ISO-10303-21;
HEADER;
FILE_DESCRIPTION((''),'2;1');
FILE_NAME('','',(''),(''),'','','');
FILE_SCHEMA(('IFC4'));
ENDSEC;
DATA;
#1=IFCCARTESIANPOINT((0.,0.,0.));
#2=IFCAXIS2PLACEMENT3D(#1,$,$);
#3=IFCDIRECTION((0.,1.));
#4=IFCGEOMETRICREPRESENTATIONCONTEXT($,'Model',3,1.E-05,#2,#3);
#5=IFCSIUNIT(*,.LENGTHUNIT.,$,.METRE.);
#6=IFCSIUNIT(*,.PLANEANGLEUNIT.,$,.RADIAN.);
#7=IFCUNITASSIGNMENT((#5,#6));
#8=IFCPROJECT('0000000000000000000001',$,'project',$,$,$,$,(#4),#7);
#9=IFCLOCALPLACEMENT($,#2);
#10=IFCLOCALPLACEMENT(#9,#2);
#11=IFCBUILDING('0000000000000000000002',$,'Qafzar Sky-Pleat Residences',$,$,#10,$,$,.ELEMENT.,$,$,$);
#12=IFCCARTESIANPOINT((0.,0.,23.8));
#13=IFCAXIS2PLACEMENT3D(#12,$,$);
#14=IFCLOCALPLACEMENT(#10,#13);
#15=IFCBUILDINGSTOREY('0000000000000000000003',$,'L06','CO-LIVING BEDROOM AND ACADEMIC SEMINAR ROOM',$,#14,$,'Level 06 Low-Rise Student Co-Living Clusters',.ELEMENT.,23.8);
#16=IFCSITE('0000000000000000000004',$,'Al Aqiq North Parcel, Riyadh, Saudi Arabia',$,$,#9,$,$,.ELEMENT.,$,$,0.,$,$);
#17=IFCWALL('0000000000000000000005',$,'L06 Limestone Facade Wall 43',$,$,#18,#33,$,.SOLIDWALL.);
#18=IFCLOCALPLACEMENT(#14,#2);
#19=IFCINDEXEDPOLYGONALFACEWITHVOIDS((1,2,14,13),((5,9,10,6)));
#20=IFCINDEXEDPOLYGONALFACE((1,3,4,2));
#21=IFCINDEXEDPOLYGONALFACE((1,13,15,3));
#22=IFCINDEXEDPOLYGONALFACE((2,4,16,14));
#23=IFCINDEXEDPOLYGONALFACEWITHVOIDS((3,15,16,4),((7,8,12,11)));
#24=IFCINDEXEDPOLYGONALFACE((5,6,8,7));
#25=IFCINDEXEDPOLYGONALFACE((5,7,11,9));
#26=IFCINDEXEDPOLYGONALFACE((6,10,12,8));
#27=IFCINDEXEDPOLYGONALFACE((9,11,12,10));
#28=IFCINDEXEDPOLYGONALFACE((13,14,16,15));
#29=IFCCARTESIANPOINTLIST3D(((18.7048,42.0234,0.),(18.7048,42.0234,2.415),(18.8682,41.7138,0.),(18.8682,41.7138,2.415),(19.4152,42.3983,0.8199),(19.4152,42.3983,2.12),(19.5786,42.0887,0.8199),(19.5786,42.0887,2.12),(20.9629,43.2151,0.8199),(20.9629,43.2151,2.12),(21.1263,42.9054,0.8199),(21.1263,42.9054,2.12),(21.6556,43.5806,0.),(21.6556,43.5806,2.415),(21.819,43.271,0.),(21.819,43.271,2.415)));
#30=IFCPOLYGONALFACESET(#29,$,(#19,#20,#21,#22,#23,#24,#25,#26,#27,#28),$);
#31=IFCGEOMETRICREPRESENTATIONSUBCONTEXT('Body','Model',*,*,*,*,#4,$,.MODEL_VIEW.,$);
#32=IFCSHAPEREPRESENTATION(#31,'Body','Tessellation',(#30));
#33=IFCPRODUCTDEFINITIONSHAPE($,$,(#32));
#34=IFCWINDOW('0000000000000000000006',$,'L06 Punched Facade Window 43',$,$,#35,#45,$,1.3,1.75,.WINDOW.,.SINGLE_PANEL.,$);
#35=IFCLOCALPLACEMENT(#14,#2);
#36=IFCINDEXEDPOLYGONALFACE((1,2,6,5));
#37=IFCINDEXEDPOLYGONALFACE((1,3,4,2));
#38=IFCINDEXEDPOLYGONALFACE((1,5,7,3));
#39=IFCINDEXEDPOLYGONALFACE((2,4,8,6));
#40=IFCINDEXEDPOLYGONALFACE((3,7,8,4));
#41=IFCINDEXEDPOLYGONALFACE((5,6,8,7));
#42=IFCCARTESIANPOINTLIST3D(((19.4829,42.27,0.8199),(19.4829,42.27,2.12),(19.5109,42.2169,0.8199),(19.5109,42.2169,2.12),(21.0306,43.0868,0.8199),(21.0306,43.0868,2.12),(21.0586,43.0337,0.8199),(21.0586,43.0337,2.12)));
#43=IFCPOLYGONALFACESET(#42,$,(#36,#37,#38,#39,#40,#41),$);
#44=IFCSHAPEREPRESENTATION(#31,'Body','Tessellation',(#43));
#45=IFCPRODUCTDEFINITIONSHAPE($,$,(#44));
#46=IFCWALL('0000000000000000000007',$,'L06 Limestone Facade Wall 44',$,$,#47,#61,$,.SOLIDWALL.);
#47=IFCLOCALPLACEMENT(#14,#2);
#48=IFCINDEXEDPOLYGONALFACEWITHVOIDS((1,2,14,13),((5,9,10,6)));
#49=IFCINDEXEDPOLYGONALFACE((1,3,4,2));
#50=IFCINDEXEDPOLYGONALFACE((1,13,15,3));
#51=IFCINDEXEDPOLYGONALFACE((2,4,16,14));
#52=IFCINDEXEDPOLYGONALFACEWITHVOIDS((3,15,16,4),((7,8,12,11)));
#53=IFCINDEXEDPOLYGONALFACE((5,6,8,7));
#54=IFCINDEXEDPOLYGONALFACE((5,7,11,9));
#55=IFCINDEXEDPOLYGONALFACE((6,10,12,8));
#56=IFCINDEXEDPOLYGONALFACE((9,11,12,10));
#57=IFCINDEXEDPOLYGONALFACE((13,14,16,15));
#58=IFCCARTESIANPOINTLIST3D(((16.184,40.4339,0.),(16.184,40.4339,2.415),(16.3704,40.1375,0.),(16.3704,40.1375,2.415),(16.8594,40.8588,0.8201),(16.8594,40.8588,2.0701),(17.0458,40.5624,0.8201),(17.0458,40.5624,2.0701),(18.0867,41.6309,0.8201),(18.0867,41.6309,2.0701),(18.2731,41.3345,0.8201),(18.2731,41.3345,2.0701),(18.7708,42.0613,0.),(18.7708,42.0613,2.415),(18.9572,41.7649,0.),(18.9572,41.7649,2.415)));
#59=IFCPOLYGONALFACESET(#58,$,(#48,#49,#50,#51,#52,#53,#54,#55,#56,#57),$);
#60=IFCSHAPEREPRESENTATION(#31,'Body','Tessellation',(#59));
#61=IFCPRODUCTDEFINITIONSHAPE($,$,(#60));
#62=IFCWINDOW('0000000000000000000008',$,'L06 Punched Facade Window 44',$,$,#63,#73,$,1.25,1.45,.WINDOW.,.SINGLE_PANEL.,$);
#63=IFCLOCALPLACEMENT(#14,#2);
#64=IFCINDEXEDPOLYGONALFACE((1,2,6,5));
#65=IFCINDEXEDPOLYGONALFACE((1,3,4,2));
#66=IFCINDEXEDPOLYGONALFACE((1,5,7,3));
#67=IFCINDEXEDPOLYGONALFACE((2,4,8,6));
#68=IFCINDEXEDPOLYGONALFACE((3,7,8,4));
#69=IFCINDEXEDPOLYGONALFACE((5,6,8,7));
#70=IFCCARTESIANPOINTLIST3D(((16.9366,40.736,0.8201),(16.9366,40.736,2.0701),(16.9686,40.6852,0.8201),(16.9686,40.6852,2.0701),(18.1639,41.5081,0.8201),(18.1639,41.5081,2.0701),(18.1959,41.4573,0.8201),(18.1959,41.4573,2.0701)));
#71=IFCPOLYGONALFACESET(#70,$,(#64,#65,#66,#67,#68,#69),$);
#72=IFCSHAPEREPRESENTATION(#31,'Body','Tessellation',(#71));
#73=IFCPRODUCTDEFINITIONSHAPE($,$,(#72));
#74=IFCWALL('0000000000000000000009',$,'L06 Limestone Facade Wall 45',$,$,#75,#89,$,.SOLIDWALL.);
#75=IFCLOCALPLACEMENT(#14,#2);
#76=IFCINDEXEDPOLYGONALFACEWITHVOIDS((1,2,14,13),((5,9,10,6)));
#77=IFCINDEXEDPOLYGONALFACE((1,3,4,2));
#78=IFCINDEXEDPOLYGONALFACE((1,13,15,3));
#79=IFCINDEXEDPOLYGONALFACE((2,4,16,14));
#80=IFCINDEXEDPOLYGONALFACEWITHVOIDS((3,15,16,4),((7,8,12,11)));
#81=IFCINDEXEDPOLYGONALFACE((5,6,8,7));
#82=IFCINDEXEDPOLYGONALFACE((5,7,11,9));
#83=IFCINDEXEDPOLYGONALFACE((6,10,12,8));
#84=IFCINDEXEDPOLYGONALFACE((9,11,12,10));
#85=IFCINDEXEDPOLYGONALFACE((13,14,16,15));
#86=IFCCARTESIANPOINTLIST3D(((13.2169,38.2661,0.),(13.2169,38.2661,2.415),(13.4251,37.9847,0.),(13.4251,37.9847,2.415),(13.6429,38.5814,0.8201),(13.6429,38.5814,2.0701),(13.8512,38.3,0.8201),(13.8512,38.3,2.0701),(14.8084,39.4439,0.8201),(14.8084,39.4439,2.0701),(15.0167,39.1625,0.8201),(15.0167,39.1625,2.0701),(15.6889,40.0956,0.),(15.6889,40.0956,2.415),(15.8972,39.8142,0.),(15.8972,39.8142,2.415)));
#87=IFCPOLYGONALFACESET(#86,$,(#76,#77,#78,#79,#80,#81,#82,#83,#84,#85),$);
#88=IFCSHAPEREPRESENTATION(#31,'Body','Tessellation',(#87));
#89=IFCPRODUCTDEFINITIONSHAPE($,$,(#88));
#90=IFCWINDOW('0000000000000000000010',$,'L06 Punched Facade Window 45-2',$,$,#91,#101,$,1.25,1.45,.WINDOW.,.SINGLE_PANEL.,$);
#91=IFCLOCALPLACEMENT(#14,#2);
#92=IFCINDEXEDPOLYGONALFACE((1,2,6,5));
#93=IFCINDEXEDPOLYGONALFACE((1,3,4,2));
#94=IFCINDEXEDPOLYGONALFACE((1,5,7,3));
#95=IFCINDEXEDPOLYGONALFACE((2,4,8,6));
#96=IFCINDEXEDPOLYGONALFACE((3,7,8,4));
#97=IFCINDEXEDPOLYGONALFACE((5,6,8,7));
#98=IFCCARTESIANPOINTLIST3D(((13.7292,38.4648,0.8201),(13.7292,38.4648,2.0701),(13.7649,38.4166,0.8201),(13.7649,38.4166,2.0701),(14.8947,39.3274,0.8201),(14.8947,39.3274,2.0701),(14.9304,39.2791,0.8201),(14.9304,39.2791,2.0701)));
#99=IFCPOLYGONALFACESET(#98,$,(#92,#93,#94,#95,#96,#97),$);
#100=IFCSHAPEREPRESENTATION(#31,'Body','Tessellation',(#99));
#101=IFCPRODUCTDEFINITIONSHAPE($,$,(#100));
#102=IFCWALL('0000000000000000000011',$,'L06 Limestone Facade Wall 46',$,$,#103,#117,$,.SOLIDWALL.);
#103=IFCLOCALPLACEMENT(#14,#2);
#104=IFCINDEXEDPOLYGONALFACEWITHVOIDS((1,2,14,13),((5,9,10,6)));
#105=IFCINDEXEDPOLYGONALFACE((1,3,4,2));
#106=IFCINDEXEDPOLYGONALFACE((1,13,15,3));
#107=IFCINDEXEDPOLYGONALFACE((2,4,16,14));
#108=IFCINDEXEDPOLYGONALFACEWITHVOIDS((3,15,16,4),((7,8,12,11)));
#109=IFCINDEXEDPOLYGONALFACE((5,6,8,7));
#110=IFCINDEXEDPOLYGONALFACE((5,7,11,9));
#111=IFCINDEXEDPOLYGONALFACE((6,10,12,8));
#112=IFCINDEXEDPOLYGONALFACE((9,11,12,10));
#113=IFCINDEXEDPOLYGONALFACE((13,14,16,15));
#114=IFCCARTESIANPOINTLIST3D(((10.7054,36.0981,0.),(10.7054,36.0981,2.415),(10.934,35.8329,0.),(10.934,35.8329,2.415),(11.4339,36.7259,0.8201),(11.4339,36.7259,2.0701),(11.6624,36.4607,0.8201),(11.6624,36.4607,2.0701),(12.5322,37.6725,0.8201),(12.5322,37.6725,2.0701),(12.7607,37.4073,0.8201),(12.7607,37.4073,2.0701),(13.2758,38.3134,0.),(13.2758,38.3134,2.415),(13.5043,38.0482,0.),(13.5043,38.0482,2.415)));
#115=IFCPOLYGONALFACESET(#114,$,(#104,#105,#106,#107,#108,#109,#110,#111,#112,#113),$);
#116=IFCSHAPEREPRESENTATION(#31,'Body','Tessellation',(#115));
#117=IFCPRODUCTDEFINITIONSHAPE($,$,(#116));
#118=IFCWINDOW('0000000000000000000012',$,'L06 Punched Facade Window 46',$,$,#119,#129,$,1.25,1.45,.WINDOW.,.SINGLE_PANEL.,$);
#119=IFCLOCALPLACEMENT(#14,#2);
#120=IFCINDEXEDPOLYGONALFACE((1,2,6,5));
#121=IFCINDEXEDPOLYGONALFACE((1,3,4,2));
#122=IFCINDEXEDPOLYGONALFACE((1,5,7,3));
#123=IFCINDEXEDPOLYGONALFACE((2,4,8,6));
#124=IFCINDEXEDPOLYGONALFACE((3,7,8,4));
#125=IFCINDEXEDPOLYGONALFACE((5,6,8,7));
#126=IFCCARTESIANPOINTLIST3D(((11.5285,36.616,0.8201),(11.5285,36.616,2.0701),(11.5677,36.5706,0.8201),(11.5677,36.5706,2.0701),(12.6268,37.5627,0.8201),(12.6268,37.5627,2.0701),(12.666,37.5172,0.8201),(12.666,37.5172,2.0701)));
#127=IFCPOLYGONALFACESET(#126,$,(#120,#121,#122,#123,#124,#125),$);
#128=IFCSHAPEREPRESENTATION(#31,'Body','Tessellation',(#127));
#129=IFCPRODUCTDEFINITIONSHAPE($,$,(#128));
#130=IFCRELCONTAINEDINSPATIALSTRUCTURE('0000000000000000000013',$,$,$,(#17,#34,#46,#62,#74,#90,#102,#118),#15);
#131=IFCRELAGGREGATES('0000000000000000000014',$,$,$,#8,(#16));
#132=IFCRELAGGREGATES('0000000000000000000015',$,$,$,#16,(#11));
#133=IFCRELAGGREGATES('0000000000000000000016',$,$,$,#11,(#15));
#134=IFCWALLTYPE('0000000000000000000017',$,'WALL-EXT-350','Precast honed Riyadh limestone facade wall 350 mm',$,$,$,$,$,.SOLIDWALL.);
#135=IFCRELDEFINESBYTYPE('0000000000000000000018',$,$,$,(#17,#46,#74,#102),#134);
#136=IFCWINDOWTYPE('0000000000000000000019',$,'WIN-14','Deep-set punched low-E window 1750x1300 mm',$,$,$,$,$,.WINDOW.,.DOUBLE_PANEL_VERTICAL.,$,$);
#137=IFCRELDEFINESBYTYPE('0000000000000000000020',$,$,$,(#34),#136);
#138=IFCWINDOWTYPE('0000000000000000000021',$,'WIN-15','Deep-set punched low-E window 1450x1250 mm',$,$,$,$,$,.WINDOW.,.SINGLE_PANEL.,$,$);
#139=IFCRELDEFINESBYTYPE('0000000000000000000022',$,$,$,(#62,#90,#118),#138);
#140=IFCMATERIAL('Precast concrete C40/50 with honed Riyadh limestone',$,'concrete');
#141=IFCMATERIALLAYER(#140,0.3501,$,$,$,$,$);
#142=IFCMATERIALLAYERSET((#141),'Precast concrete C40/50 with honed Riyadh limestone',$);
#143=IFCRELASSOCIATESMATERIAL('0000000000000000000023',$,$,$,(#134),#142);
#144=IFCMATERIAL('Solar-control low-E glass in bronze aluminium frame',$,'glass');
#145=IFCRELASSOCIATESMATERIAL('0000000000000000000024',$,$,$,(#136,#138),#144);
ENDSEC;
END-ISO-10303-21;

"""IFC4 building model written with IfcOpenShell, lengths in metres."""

from ifc_helpers import new_model, si_unit, direction, frame, frame_2d, origin, place, context, subcontext, project, spatial, rectangle, extrude, source, transform, mapped, material, layer, layer_set, type_object, element, fill, save


model = new_model("IFC4")

# Units and contexts
model_context = context("Model", 3, precision=1e-05, world=origin(), true_north=direction((0.0, 1.0)))
body_context = subcontext(model_context, "Body", "Model", "MODEL_VIEW")
ifc_project = project(units=[si_unit("LENGTHUNIT", "METRE"), si_unit("PLANEANGLEUNIT", "RADIAN")], contexts=[model_context])

# Site, building, storey
site_placement = place(None, origin())
site = spatial("IfcSite", under=ifc_project, at=site_placement, Name="Al Aqiq North Parcel, Riyadh, Saudi Arabia", CompositionType="ELEMENT", RefElevation=0.0)
building_placement = place(site_placement, origin())
building = spatial("IfcBuilding", under=site, at=building_placement, Name="Qafzar Sky-Pleat Residences", CompositionType="ELEMENT")
storey_placement = place(building_placement, frame((0.0, 0.0, 23.8)))
storey = spatial("IfcBuildingStorey", under=building, at=storey_placement, Name="L06", Description="CO-LIVING BEDROOM AND ACADEMIC SEMINAR ROOM", LongName="Level 06 Low-Rise Student Co-Living Clusters", CompositionType="ELEMENT", Elevation=23.8)

# Walls, openings, windows
ifc_material_1 = material(Name="Precast concrete C40/50 with honed Riyadh limestone", Category="concrete")
ifc_layer_1 = layer(ifc_material_1, 0.3501)
ifc_layer_set_1 = layer_set([ifc_layer_1], Name="Precast concrete C40/50 with honed Riyadh limestone")
wall_type_1 = type_object("IfcWallType", Name="WALL-EXT-350", Description="Precast honed Riyadh limestone facade wall 350 mm", PredefinedType="SOLIDWALL", material=ifc_layer_set_1)
wall_1_placement = place(storey_placement, frame((21.7373, 43.4258, 0.0), z_axis=(0.0, 0.0, 1.0), x_axis=(-0.884407, -0.466717, 0.0)))
wall_1 = element("IfcWall", 1, at=wall_1_placement, inside=storey, type_object=wall_type_1, Name="L06 Limestone Facade Wall 43", PredefinedType="SOLIDWALL", context=body_context, shape_type="SweptSolid", body=[
    extrude(rectangle(XDim=3.3364, YDim=0.3501, at=frame_2d((1.6682, 0.0))), origin(), (0.0, 0.0, 1.0), 2.415),
])
opening_1_placement = place(wall_1_placement, frame((0.7832, 0.0, 0.8201)))
opening_1 = element("IfcOpeningElement", 2, at=opening_1_placement, cuts=wall_1, PredefinedType="OPENING", context=body_context, shape_type="SweptSolid", body=[
    extrude(rectangle(XDim=1.75, YDim=1.3, at=frame_2d((0.875, 0.6499))), frame((0.0, 0.1851, 0.0), z_axis=(0.0, -1.0, 0.0), x_axis=(1.0, 0.0, 0.0)), (0.0, 0.0, 1.0), 0.3701),
])
ifc_material_2 = material(Name="Solar-control low-E glass in bronze aluminium frame", Category="glass")
window_type_1 = type_object("IfcWindowType", Name="WIN-14", Description="Deep-set punched low-E window 1750x1300 mm", PartitioningType="DOUBLE_PANEL_VERTICAL", PredefinedType="WINDOW", material=ifc_material_2)
shared_shape_1 = source(origin(), body_context, "Body", "SweptSolid", [
    extrude(rectangle(XDim=1.75, YDim=1.3, at=frame_2d((0.875, 0.6499))), frame((0.0, 0.03, 0.0), z_axis=(0.0, -1.0, 0.0), x_axis=(1.0, 0.0, 0.0)), (0.0, 0.0, 1.0), 0.0601),
])
window_1_placement = place(opening_1_placement, origin())
window_1 = element("IfcWindow", 3, at=window_1_placement, inside=storey, type_object=window_type_1, Name="L06 Punched Facade Window 43", OverallHeight=1.3, OverallWidth=1.75, PartitioningType="SINGLE_PANEL", PredefinedType="WINDOW", context=body_context, shape_type="MappedRepresentation", body=[
    mapped(shared_shape_1, transform((0.0, 0.0, 0.0), x_axis=(1.0, 0.0, 0.0), y_axis=(0.0, 1.0, 0.0), z_axis=(0.0, 0.0, 1.0), scale=1.0)),
])
fill(opening_1, window_1)
wall_2_placement = place(storey_placement, frame((18.864, 41.9131, 0.0), z_axis=(0.0, 0.0, 1.0), x_axis=(-0.846433, -0.532495, 0.0)))
wall_2 = element("IfcWall", 4, at=wall_2_placement, inside=storey, type_object=wall_type_1, Name="L06 Limestone Facade Wall 44", PredefinedType="SOLIDWALL", context=body_context, shape_type="SweptSolid", body=[
    extrude(rectangle(XDim=3.0562, YDim=0.3501, at=frame_2d((1.5281, 0.0))), origin(), (0.0, 0.0, 1.0), 2.415),
])
opening_2_placement = place(wall_2_placement, frame((0.8081, 0.0, 0.8201)))
opening_2 = element("IfcOpeningElement", 5, at=opening_2_placement, cuts=wall_2, PredefinedType="OPENING", context=body_context, shape_type="SweptSolid", body=[
    extrude(rectangle(XDim=1.45, YDim=1.25, at=frame_2d((0.7251, 0.625))), frame((0.0, 0.1851, 0.0), z_axis=(0.0, -1.0, 0.0), x_axis=(1.0, 0.0, 0.0)), (0.0, 0.0, 1.0), 0.3701),
])
window_type_2 = type_object("IfcWindowType", Name="WIN-15", Description="Deep-set punched low-E window 1450x1250 mm", PartitioningType="SINGLE_PANEL", PredefinedType="WINDOW", material=ifc_material_2)
shared_shape_2 = source(origin(), body_context, "Body", "SweptSolid", [
    extrude(rectangle(XDim=1.45, YDim=1.25, at=frame_2d((0.7251, 0.625))), frame((0.0, 0.03, 0.0), z_axis=(0.0, -1.0, 0.0), x_axis=(1.0, 0.0, 0.0)), (0.0, 0.0, 1.0), 0.0601),
])
window_2_placement = place(opening_2_placement, origin())
window_2 = element("IfcWindow", 6, at=window_2_placement, inside=storey, type_object=window_type_2, Name="L06 Punched Facade Window 44", OverallHeight=1.25, OverallWidth=1.45, PartitioningType="SINGLE_PANEL", PredefinedType="WINDOW", context=body_context, shape_type="MappedRepresentation", body=[
    mapped(shared_shape_2, transform((0.0, 0.0, 0.0), x_axis=(1.0, 0.0, 0.0), y_axis=(0.0, 1.0, 0.0), z_axis=(0.0, 0.0, 1.0), scale=1.0)),
])
fill(opening_2, window_2)
wall_3_placement = place(storey_placement, frame((15.793, 39.9548, 0.0), z_axis=(0.0, 0.0, 1.0), x_axis=(-0.803813, -0.594882, 0.0)))
wall_3 = element("IfcWall", 7, at=wall_3_placement, inside=storey, type_object=wall_type_1, Name="L06 Limestone Facade Wall 45", PredefinedType="SOLIDWALL", context=body_context, shape_type="SweptSolid", body=[
    extrude(rectangle(XDim=3.0754, YDim=0.3501, at=frame_2d((1.5376, 0.0))), origin(), (0.0, 0.0, 1.0), 2.415),
])
opening_3_placement = place(wall_3_placement, frame((1.0952, 0.0, 0.8201)))
opening_3 = element("IfcOpeningElement", 8, at=opening_3_placement, cuts=wall_3, PredefinedType="OPENING", context=body_context, shape_type="SweptSolid", body=[
    extrude(rectangle(XDim=1.45, YDim=1.25, at=frame_2d((0.7251, 0.625))), frame((0.0, 0.1851, 0.0), z_axis=(0.0, -1.0, 0.0), x_axis=(1.0, 0.0, 0.0)), (0.0, 0.0, 1.0), 0.3701),
])
window_3_placement = place(opening_3_placement, origin())
window_3 = element("IfcWindow", 9, at=window_3_placement, inside=storey, type_object=window_type_2, Name="L06 Punched Facade Window 45-2", OverallHeight=1.25, OverallWidth=1.45, PartitioningType="SINGLE_PANEL", PredefinedType="WINDOW", context=body_context, shape_type="MappedRepresentation", body=[
    mapped(shared_shape_2, transform((0.0, 0.0, 0.0), x_axis=(1.0, 0.0, 0.0), y_axis=(0.0, 1.0, 0.0), z_axis=(0.0, 0.0, 1.0), scale=1.0)),
])
fill(opening_3, window_3)
wall_4_placement = place(storey_placement, frame((13.3901, 38.1809, 0.0), z_axis=(0.0, 0.0, 1.0), x_axis=(-0.757476, -0.652863, 0.0)))
wall_4 = element("IfcWall", 10, at=wall_4_placement, inside=storey, type_object=wall_type_1, Name="L06 Limestone Facade Wall 46", PredefinedType="SOLIDWALL", context=body_context, shape_type="SweptSolid", body=[
    extrude(rectangle(XDim=3.3933, YDim=0.3501, at=frame_2d((1.6968, 0.0))), origin(), (0.0, 0.0, 1.0), 2.415),
])
opening_4_placement = place(wall_4_placement, frame((0.9817, 0.0, 0.8201)))
opening_4 = element("IfcOpeningElement", 11, at=opening_4_placement, cuts=wall_4, PredefinedType="OPENING", context=body_context, shape_type="SweptSolid", body=[
    extrude(rectangle(XDim=1.45, YDim=1.25, at=frame_2d((0.7251, 0.625))), frame((0.0, 0.1851, 0.0), z_axis=(0.0, -1.0, 0.0), x_axis=(1.0, 0.0, 0.0)), (0.0, 0.0, 1.0), 0.3701),
])
window_4_placement = place(opening_4_placement, origin())
window_4 = element("IfcWindow", 12, at=window_4_placement, inside=storey, type_object=window_type_2, Name="L06 Punched Facade Window 46", OverallHeight=1.25, OverallWidth=1.45, PartitioningType="SINGLE_PANEL", PredefinedType="WINDOW", context=body_context, shape_type="MappedRepresentation", body=[
    mapped(shared_shape_2, transform((0.0, 0.0, 0.0), x_axis=(1.0, 0.0, 0.0), y_axis=(0.0, 1.0, 0.0), z_axis=(0.0, 0.0, 1.0), scale=1.0)),
])
fill(opening_4, window_4)

save(model, "model.ifc")
